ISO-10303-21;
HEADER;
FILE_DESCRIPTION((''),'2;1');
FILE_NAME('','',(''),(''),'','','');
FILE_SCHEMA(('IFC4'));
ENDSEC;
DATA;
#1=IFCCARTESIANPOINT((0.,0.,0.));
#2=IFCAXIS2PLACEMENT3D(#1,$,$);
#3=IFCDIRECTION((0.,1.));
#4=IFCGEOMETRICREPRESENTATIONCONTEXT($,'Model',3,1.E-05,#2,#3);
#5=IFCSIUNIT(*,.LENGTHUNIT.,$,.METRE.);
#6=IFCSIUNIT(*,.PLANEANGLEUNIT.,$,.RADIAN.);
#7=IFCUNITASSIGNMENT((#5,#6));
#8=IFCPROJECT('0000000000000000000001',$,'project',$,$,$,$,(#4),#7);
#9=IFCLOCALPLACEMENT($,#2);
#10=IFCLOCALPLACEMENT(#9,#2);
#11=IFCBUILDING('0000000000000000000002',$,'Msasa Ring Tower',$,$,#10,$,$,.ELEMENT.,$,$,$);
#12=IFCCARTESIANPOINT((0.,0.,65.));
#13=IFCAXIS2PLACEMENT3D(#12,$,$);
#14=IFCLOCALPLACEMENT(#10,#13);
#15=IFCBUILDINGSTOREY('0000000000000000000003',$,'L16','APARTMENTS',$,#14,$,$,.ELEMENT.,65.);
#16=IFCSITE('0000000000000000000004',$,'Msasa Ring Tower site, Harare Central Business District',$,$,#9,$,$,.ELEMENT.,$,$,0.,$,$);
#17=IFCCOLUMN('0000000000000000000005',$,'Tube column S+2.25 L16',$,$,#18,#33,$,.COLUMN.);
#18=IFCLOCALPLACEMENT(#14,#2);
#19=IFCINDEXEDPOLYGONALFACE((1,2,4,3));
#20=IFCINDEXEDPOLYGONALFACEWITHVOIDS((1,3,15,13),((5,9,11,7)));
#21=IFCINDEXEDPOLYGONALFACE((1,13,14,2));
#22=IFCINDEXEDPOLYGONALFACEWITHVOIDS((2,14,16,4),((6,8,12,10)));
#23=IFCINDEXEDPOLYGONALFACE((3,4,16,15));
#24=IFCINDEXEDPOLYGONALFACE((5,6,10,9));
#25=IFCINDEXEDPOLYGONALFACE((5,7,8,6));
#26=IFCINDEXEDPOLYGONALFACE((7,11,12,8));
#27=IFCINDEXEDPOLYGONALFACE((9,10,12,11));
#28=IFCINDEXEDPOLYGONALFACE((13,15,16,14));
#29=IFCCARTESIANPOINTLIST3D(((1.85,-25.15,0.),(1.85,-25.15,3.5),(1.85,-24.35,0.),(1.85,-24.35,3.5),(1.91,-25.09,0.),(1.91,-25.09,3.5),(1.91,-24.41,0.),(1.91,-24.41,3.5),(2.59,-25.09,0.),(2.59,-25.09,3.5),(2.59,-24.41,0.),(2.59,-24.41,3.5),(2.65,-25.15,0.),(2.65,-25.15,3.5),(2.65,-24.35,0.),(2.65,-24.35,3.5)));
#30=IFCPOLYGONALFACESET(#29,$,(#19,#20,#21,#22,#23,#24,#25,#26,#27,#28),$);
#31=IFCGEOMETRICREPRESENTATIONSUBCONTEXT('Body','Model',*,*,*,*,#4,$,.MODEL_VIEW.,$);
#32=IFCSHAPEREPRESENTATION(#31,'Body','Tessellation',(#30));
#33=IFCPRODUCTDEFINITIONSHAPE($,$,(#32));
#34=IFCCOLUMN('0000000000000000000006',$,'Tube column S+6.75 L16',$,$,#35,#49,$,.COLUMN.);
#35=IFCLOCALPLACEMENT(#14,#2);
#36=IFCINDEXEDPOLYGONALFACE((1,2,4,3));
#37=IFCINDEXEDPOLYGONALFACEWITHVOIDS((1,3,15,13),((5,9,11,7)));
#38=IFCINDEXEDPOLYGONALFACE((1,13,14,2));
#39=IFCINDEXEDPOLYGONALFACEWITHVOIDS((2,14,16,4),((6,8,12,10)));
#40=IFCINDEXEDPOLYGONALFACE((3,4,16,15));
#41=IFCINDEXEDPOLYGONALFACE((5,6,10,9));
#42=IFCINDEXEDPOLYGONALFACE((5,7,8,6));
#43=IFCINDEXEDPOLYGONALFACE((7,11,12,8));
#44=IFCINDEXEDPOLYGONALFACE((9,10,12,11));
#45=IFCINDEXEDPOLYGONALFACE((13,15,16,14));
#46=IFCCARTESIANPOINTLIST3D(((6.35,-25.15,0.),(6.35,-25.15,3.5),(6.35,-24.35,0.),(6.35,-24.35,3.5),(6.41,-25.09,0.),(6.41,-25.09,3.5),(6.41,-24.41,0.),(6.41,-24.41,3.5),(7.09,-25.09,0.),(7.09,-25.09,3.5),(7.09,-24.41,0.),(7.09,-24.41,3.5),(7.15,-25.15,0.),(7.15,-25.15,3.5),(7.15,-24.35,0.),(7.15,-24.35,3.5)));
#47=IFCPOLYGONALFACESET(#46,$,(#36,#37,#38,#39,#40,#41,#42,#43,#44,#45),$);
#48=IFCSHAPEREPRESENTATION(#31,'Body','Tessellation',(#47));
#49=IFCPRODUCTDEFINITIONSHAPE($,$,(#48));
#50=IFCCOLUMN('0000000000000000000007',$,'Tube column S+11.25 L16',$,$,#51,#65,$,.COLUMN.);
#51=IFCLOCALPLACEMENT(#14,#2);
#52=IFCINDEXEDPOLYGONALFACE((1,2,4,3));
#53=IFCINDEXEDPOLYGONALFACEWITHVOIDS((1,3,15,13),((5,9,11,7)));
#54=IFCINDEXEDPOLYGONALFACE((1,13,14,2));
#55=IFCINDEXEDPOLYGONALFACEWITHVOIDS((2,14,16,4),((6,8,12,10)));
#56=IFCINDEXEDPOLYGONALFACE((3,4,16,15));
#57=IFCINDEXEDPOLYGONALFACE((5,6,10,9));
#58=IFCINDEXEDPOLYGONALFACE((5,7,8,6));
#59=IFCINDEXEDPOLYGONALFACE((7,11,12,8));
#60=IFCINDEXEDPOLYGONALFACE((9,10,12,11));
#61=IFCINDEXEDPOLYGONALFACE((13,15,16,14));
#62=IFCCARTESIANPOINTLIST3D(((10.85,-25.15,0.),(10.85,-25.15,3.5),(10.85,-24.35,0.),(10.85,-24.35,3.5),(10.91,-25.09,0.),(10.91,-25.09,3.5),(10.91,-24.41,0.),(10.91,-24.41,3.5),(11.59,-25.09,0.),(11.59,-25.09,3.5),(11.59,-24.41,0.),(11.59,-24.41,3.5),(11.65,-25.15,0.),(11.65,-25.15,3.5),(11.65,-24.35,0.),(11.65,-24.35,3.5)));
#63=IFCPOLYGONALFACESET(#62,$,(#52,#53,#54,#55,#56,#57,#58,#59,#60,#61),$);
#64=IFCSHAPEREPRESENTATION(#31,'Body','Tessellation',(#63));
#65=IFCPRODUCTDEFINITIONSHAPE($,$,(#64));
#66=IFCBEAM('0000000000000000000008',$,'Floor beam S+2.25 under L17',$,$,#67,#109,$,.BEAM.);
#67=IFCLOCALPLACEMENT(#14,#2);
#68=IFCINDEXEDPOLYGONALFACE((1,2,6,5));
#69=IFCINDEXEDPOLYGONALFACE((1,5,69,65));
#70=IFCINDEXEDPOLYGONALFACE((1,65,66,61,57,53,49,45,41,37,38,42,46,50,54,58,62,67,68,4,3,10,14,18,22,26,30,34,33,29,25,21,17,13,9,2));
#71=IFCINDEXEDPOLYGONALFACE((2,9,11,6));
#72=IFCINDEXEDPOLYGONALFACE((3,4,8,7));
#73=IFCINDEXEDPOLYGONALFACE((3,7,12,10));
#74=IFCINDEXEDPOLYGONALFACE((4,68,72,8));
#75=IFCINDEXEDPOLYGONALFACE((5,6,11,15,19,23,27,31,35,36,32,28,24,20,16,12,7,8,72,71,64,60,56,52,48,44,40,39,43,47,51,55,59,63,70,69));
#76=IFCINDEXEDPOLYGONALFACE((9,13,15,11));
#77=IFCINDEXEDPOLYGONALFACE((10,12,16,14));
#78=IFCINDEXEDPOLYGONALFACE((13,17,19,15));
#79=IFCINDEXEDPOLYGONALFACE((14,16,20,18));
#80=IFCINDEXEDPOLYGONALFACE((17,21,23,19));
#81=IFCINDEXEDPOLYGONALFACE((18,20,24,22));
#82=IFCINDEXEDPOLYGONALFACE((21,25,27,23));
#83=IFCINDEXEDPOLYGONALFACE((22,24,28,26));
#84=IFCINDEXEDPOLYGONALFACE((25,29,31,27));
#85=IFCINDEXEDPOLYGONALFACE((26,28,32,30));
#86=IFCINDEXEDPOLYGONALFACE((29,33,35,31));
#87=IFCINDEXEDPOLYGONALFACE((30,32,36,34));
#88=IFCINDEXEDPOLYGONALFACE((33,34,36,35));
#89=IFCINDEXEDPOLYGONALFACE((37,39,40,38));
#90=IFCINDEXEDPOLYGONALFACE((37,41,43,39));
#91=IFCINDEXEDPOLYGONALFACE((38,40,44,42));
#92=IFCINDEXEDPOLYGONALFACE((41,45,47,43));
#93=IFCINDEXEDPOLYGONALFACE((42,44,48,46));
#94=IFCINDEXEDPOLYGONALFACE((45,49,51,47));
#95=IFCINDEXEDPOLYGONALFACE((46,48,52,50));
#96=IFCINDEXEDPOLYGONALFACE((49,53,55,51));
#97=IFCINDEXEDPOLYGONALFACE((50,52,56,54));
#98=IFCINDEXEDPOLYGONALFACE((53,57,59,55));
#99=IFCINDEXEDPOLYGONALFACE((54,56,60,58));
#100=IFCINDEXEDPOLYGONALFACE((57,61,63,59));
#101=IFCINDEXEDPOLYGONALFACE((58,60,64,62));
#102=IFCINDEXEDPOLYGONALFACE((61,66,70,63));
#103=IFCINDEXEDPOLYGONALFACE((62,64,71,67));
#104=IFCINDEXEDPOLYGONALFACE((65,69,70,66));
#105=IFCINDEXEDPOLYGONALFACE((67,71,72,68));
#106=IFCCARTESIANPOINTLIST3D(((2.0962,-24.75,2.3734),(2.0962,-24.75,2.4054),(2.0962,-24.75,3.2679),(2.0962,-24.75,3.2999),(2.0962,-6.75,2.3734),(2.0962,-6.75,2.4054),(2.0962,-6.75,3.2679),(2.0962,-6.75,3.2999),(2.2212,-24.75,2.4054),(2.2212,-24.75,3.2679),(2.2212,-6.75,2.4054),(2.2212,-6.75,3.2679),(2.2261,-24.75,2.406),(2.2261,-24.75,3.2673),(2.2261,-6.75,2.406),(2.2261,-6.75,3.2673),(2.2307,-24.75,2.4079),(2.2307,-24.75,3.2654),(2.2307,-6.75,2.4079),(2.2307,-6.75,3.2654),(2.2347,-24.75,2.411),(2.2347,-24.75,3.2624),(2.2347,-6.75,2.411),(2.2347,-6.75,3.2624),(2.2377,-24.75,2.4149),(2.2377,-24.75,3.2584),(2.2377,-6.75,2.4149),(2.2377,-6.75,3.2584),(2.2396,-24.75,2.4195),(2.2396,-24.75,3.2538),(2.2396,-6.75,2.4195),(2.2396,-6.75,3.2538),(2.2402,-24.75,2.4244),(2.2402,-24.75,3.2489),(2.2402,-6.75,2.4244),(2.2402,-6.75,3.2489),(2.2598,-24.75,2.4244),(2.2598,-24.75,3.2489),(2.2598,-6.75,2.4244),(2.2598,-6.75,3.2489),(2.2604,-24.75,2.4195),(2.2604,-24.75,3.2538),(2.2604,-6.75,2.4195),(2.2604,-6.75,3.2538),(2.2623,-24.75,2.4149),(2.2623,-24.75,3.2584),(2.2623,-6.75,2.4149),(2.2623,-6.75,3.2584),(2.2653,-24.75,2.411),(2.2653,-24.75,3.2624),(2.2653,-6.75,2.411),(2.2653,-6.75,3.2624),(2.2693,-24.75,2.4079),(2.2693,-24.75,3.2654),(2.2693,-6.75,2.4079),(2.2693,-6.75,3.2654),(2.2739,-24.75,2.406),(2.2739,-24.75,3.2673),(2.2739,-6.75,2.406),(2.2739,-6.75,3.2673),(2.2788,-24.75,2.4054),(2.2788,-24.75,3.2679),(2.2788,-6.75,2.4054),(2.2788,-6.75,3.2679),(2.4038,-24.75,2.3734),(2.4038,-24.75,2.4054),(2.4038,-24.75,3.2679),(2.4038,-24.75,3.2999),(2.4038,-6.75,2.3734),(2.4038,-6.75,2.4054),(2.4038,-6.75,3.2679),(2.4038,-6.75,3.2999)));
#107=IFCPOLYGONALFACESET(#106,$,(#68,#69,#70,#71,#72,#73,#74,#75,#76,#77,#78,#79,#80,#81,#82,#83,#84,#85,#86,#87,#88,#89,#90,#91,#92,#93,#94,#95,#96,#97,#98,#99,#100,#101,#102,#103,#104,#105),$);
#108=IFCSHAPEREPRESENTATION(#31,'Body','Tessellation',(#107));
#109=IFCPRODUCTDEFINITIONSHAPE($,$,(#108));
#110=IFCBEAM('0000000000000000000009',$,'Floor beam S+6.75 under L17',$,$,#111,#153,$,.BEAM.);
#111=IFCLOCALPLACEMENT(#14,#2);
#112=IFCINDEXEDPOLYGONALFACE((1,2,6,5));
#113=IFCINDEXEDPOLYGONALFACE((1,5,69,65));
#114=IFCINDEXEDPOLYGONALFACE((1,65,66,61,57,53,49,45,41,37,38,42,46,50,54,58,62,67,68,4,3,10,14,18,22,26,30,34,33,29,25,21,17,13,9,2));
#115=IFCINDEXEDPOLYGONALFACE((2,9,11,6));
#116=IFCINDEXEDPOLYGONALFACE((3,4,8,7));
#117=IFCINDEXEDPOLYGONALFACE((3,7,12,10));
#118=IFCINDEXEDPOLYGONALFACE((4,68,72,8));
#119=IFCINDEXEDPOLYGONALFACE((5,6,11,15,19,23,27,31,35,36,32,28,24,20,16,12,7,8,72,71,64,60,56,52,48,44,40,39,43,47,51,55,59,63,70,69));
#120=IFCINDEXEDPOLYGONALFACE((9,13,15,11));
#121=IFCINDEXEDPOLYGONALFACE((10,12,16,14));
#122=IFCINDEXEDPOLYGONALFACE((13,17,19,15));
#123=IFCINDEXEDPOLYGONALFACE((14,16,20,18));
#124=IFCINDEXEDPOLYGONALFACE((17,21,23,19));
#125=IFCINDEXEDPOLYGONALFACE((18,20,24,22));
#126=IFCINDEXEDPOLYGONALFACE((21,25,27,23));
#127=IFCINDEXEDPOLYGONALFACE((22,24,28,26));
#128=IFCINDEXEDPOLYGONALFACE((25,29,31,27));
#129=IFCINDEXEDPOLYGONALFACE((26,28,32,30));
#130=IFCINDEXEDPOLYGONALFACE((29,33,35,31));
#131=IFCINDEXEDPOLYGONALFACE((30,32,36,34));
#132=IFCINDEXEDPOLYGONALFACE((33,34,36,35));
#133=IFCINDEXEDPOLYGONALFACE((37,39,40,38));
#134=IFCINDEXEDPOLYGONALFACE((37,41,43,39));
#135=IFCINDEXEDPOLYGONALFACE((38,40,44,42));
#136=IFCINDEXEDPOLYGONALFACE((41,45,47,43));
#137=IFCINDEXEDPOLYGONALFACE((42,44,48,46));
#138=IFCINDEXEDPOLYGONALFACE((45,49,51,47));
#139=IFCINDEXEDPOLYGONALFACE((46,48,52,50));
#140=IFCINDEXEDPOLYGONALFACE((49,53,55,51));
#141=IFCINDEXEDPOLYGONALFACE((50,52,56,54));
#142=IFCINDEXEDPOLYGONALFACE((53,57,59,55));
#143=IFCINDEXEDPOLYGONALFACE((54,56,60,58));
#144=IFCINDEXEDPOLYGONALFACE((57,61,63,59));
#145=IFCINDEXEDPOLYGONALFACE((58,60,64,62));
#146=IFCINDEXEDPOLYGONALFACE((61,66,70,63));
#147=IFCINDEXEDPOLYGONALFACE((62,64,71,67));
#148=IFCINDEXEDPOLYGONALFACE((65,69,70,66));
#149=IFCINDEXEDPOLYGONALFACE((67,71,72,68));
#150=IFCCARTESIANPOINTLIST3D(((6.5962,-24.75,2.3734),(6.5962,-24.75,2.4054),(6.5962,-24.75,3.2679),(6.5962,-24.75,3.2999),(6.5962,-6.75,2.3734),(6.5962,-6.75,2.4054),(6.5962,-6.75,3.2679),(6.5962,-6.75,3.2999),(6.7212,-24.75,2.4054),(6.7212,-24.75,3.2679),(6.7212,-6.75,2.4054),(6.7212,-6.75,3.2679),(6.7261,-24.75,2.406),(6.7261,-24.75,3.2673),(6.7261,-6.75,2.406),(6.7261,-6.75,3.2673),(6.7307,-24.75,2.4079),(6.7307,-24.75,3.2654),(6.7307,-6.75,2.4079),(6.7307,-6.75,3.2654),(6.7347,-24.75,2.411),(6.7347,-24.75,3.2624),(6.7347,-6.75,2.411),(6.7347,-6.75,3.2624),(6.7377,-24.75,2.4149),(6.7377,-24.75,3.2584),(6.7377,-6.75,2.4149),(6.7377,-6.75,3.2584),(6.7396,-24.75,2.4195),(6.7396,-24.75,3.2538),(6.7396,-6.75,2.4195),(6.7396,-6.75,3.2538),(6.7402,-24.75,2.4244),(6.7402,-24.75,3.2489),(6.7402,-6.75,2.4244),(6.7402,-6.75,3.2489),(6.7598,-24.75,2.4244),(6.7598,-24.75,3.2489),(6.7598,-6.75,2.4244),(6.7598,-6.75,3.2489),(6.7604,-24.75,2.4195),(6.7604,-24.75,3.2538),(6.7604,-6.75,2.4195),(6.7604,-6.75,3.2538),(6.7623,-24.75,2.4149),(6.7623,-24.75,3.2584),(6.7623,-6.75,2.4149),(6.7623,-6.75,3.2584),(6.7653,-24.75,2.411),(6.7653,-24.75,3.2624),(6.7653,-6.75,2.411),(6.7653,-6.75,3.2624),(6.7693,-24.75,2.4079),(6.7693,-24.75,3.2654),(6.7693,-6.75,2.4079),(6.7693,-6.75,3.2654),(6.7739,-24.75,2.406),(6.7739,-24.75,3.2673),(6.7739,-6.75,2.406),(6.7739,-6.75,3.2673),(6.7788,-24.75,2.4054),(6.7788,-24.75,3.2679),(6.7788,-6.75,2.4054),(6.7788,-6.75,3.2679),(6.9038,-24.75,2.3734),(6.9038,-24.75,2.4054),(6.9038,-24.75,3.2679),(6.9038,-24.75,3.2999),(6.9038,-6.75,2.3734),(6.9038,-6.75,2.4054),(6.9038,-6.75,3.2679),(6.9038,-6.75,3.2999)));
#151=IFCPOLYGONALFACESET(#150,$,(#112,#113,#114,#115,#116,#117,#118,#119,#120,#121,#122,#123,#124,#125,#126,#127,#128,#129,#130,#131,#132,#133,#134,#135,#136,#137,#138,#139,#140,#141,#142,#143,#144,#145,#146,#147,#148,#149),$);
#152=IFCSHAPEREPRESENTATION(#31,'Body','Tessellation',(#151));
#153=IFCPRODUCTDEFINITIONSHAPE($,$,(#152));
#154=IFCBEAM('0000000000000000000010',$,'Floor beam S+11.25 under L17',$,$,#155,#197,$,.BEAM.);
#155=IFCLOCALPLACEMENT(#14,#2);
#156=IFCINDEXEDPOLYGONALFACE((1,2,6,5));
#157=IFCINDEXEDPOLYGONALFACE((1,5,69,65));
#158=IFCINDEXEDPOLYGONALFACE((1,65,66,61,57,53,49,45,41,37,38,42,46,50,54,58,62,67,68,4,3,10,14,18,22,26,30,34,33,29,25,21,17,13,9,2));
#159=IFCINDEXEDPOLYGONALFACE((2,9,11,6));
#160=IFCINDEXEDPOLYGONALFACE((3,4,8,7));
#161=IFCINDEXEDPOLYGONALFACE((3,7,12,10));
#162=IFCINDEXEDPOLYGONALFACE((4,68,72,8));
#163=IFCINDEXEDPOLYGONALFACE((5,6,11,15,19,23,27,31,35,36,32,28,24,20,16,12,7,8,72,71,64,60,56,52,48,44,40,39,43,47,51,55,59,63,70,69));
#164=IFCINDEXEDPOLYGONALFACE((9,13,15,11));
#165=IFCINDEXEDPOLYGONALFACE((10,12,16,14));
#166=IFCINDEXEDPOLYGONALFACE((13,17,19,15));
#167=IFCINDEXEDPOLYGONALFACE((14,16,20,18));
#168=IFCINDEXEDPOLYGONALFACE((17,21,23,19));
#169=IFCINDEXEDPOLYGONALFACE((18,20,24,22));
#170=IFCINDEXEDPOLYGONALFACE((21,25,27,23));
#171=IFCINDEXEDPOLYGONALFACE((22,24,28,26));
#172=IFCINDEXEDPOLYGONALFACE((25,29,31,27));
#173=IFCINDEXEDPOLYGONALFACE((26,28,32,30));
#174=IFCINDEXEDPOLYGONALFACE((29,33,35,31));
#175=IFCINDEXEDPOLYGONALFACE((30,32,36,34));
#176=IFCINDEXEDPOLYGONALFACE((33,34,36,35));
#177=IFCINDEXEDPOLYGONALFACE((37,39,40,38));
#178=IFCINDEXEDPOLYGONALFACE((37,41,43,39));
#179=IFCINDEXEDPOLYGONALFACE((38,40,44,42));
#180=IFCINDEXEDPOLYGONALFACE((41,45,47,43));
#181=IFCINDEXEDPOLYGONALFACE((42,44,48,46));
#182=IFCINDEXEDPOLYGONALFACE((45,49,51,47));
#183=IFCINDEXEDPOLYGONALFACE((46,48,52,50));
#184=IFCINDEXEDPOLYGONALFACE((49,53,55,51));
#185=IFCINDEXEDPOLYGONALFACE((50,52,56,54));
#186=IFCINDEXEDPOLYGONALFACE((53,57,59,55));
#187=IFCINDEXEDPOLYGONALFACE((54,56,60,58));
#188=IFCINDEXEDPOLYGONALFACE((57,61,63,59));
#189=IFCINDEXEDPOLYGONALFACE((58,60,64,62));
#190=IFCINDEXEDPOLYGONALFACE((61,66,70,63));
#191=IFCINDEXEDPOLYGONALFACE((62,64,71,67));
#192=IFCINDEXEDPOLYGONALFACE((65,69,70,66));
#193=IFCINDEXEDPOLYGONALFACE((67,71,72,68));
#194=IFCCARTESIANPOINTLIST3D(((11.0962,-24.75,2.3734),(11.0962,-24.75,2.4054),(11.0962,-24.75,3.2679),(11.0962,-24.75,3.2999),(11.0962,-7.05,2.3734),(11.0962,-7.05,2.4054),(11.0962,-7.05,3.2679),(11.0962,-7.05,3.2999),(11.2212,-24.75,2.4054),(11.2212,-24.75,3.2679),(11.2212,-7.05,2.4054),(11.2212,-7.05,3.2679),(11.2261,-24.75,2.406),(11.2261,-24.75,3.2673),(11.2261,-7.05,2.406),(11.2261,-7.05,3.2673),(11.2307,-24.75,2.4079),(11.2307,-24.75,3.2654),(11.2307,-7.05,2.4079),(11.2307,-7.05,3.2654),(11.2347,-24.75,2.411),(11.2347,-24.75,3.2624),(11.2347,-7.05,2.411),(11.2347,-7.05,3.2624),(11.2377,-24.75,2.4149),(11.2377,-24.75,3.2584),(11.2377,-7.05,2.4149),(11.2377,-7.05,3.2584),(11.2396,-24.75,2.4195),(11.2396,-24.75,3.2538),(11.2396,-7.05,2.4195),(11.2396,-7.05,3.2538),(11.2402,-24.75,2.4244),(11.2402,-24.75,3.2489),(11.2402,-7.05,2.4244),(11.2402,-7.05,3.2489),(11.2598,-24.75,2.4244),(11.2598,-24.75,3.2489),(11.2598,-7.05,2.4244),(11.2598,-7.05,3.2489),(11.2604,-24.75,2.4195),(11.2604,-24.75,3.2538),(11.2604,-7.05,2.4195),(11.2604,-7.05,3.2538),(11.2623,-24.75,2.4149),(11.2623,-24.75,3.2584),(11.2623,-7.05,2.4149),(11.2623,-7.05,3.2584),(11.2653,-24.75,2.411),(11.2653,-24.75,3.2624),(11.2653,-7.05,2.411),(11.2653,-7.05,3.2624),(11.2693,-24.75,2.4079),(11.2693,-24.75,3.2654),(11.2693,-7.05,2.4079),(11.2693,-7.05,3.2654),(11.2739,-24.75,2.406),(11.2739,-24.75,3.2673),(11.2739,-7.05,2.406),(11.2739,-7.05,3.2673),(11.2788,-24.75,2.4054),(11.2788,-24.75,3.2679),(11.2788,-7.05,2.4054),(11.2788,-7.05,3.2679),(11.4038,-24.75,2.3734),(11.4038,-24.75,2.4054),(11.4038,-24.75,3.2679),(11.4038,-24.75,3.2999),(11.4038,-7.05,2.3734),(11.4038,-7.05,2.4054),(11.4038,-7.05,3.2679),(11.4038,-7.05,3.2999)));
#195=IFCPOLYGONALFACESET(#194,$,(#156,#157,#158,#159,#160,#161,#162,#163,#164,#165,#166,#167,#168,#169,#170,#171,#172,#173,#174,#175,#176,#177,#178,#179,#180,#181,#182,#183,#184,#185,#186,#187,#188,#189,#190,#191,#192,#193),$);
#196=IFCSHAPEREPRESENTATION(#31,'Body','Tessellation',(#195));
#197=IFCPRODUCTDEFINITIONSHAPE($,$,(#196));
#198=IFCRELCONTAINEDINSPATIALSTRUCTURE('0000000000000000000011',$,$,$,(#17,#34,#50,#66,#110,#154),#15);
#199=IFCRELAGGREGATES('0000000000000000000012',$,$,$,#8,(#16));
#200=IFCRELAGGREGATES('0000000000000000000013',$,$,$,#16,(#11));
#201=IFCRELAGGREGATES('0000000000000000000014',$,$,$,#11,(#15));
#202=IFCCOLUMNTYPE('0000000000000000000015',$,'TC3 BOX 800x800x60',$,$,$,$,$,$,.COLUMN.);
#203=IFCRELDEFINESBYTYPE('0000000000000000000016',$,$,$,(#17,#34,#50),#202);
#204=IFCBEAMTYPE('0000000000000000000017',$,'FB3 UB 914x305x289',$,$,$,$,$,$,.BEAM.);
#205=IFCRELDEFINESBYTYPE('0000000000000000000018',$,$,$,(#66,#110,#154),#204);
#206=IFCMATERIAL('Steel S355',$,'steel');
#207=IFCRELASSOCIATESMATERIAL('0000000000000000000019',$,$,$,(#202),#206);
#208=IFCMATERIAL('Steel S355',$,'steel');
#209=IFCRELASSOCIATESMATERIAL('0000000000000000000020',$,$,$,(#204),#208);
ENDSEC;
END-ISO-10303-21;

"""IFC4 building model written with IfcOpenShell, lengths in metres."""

from ifc_helpers import new_model, si_unit, direction, frame, origin, origin_2d, place, context, subcontext, project, spatial, hollow_rectangle, i_section, extrude, material, material_profile, profile_set, type_object, element, save


model = new_model("IFC4")

# Units and contexts
model_context = context("Model", 3, precision=1e-05, world=origin(), true_north=direction((0.0, 1.0)))
body_context = subcontext(model_context, "Body", "Model", "MODEL_VIEW")
ifc_project = project(units=[si_unit("LENGTHUNIT", "METRE"), si_unit("PLANEANGLEUNIT", "RADIAN")], contexts=[model_context])

# Site, building, storey
site_placement = place(None, origin())
site = spatial("IfcSite", under=ifc_project, at=site_placement, Name="Msasa Ring Tower site, Harare Central Business District", CompositionType="ELEMENT", RefElevation=0.0)
building_placement = place(site_placement, origin())
building = spatial("IfcBuilding", under=site, at=building_placement, Name="Msasa Ring Tower", CompositionType="ELEMENT")
storey_placement = place(building_placement, frame((0.0, 0.0, 65.0)))
storey = spatial("IfcBuildingStorey", under=building, at=storey_placement, Name="L16", Description="APARTMENTS", CompositionType="ELEMENT", Elevation=65.0)

# Columns
ifc_material_1 = material(Name="Steel S355", Category="steel")
ifc_material_profile_1 = material_profile(ifc_material_1, hollow_rectangle(XDim=0.8, YDim=0.8, WallThickness=0.0601, at=origin_2d()), Name="BOX 800x800x60")
ifc_profile_set_1 = profile_set([ifc_material_profile_1], Name="Steel S355")
column_type = type_object("IfcColumnType", Name="TC3 BOX 800x800x60", PredefinedType="COLUMN", material=ifc_profile_set_1)
for number, where, z_axis, x_axis, name in (
    (1, (2.25, -24.75, 0.0), (0.0, 0.0, 1.0), (0.0, 1.0, 0.0), "Tube column S+2.25 L16"),
    (2, (6.75, -24.75, 0.0), (0.0, 0.0, 1.0), (0.0, 1.0, 0.0), "Tube column S+6.75 L16"),
    (3, (11.25, -24.75, 0.0), (0.0, 0.0, 1.0), (0.0, 1.0, 0.0), "Tube column S+11.25 L16"),
):
    element("IfcColumn", number, at=place(storey_placement, frame(where, z_axis=z_axis, x_axis=x_axis)), inside=storey, type_object=column_type, Name=name, PredefinedType="COLUMN", context=body_context, shape_type="SweptSolid", body=[
        extrude(hollow_rectangle(XDim=0.8, YDim=0.8, WallThickness=0.0601, at=origin_2d()), origin(), (0.0, 0.0, 1.0), 3.5),
    ])

# Beams
ifc_material_2 = material(Name="Steel S355", Category="steel")
ifc_material_profile_2 = material_profile(ifc_material_2, i_section(OverallWidth=0.3076, OverallDepth=0.9265, WebThickness=0.0195, FlangeThickness=0.032, FilletRadius=0.019, at=origin_2d()), Name="UB 914x305x289")
ifc_profile_set_2 = profile_set([ifc_material_profile_2], Name="Steel S355")
beam_type_1 = type_object("IfcBeamType", Name="FB3 UB 914x305x289", PredefinedType="BEAM", material=ifc_profile_set_2)
for number, where, z_axis, x_axis, name in (
    (4, (2.25, -24.75, 2.8367), (0.0, 1.0, 0.0), (-1.0, 0.0, 0.0), "Floor beam S+2.25 under L17"),
    (5, (6.75, -24.75, 2.8367), (0.0, 1.0, 0.0), (-1.0, 0.0, 0.0), "Floor beam S+6.75 under L17"),
):
    element("IfcBeam", number, at=place(storey_placement, frame(where, z_axis=z_axis, x_axis=x_axis)), inside=storey, type_object=beam_type_1, Name=name, PredefinedType="BEAM", context=body_context, shape_type="SweptSolid", body=[
        extrude(i_section(OverallWidth=0.3076, OverallDepth=0.9265, WebThickness=0.0195, FlangeThickness=0.032, FilletRadius=0.019, at=origin_2d()), origin(), (0.0, 0.0, 1.0), 18.0),
    ])
beam_placement = place(storey_placement, frame((11.25, -24.75, 2.8367), z_axis=(0.0, 1.0, 0.0), x_axis=(-1.0, 0.0, 0.0)))
element("IfcBeam", 6, at=beam_placement, inside=storey, type_object=beam_type_1, Name="Floor beam S+11.25 under L17", PredefinedType="BEAM", context=body_context, shape_type="SweptSolid", body=[
    extrude(i_section(OverallWidth=0.3076, OverallDepth=0.9265, WebThickness=0.0195, FlangeThickness=0.032, FilletRadius=0.019, at=origin_2d()), origin(), (0.0, 0.0, 1.0), 17.7),
])

save(model, "model.ifc")
